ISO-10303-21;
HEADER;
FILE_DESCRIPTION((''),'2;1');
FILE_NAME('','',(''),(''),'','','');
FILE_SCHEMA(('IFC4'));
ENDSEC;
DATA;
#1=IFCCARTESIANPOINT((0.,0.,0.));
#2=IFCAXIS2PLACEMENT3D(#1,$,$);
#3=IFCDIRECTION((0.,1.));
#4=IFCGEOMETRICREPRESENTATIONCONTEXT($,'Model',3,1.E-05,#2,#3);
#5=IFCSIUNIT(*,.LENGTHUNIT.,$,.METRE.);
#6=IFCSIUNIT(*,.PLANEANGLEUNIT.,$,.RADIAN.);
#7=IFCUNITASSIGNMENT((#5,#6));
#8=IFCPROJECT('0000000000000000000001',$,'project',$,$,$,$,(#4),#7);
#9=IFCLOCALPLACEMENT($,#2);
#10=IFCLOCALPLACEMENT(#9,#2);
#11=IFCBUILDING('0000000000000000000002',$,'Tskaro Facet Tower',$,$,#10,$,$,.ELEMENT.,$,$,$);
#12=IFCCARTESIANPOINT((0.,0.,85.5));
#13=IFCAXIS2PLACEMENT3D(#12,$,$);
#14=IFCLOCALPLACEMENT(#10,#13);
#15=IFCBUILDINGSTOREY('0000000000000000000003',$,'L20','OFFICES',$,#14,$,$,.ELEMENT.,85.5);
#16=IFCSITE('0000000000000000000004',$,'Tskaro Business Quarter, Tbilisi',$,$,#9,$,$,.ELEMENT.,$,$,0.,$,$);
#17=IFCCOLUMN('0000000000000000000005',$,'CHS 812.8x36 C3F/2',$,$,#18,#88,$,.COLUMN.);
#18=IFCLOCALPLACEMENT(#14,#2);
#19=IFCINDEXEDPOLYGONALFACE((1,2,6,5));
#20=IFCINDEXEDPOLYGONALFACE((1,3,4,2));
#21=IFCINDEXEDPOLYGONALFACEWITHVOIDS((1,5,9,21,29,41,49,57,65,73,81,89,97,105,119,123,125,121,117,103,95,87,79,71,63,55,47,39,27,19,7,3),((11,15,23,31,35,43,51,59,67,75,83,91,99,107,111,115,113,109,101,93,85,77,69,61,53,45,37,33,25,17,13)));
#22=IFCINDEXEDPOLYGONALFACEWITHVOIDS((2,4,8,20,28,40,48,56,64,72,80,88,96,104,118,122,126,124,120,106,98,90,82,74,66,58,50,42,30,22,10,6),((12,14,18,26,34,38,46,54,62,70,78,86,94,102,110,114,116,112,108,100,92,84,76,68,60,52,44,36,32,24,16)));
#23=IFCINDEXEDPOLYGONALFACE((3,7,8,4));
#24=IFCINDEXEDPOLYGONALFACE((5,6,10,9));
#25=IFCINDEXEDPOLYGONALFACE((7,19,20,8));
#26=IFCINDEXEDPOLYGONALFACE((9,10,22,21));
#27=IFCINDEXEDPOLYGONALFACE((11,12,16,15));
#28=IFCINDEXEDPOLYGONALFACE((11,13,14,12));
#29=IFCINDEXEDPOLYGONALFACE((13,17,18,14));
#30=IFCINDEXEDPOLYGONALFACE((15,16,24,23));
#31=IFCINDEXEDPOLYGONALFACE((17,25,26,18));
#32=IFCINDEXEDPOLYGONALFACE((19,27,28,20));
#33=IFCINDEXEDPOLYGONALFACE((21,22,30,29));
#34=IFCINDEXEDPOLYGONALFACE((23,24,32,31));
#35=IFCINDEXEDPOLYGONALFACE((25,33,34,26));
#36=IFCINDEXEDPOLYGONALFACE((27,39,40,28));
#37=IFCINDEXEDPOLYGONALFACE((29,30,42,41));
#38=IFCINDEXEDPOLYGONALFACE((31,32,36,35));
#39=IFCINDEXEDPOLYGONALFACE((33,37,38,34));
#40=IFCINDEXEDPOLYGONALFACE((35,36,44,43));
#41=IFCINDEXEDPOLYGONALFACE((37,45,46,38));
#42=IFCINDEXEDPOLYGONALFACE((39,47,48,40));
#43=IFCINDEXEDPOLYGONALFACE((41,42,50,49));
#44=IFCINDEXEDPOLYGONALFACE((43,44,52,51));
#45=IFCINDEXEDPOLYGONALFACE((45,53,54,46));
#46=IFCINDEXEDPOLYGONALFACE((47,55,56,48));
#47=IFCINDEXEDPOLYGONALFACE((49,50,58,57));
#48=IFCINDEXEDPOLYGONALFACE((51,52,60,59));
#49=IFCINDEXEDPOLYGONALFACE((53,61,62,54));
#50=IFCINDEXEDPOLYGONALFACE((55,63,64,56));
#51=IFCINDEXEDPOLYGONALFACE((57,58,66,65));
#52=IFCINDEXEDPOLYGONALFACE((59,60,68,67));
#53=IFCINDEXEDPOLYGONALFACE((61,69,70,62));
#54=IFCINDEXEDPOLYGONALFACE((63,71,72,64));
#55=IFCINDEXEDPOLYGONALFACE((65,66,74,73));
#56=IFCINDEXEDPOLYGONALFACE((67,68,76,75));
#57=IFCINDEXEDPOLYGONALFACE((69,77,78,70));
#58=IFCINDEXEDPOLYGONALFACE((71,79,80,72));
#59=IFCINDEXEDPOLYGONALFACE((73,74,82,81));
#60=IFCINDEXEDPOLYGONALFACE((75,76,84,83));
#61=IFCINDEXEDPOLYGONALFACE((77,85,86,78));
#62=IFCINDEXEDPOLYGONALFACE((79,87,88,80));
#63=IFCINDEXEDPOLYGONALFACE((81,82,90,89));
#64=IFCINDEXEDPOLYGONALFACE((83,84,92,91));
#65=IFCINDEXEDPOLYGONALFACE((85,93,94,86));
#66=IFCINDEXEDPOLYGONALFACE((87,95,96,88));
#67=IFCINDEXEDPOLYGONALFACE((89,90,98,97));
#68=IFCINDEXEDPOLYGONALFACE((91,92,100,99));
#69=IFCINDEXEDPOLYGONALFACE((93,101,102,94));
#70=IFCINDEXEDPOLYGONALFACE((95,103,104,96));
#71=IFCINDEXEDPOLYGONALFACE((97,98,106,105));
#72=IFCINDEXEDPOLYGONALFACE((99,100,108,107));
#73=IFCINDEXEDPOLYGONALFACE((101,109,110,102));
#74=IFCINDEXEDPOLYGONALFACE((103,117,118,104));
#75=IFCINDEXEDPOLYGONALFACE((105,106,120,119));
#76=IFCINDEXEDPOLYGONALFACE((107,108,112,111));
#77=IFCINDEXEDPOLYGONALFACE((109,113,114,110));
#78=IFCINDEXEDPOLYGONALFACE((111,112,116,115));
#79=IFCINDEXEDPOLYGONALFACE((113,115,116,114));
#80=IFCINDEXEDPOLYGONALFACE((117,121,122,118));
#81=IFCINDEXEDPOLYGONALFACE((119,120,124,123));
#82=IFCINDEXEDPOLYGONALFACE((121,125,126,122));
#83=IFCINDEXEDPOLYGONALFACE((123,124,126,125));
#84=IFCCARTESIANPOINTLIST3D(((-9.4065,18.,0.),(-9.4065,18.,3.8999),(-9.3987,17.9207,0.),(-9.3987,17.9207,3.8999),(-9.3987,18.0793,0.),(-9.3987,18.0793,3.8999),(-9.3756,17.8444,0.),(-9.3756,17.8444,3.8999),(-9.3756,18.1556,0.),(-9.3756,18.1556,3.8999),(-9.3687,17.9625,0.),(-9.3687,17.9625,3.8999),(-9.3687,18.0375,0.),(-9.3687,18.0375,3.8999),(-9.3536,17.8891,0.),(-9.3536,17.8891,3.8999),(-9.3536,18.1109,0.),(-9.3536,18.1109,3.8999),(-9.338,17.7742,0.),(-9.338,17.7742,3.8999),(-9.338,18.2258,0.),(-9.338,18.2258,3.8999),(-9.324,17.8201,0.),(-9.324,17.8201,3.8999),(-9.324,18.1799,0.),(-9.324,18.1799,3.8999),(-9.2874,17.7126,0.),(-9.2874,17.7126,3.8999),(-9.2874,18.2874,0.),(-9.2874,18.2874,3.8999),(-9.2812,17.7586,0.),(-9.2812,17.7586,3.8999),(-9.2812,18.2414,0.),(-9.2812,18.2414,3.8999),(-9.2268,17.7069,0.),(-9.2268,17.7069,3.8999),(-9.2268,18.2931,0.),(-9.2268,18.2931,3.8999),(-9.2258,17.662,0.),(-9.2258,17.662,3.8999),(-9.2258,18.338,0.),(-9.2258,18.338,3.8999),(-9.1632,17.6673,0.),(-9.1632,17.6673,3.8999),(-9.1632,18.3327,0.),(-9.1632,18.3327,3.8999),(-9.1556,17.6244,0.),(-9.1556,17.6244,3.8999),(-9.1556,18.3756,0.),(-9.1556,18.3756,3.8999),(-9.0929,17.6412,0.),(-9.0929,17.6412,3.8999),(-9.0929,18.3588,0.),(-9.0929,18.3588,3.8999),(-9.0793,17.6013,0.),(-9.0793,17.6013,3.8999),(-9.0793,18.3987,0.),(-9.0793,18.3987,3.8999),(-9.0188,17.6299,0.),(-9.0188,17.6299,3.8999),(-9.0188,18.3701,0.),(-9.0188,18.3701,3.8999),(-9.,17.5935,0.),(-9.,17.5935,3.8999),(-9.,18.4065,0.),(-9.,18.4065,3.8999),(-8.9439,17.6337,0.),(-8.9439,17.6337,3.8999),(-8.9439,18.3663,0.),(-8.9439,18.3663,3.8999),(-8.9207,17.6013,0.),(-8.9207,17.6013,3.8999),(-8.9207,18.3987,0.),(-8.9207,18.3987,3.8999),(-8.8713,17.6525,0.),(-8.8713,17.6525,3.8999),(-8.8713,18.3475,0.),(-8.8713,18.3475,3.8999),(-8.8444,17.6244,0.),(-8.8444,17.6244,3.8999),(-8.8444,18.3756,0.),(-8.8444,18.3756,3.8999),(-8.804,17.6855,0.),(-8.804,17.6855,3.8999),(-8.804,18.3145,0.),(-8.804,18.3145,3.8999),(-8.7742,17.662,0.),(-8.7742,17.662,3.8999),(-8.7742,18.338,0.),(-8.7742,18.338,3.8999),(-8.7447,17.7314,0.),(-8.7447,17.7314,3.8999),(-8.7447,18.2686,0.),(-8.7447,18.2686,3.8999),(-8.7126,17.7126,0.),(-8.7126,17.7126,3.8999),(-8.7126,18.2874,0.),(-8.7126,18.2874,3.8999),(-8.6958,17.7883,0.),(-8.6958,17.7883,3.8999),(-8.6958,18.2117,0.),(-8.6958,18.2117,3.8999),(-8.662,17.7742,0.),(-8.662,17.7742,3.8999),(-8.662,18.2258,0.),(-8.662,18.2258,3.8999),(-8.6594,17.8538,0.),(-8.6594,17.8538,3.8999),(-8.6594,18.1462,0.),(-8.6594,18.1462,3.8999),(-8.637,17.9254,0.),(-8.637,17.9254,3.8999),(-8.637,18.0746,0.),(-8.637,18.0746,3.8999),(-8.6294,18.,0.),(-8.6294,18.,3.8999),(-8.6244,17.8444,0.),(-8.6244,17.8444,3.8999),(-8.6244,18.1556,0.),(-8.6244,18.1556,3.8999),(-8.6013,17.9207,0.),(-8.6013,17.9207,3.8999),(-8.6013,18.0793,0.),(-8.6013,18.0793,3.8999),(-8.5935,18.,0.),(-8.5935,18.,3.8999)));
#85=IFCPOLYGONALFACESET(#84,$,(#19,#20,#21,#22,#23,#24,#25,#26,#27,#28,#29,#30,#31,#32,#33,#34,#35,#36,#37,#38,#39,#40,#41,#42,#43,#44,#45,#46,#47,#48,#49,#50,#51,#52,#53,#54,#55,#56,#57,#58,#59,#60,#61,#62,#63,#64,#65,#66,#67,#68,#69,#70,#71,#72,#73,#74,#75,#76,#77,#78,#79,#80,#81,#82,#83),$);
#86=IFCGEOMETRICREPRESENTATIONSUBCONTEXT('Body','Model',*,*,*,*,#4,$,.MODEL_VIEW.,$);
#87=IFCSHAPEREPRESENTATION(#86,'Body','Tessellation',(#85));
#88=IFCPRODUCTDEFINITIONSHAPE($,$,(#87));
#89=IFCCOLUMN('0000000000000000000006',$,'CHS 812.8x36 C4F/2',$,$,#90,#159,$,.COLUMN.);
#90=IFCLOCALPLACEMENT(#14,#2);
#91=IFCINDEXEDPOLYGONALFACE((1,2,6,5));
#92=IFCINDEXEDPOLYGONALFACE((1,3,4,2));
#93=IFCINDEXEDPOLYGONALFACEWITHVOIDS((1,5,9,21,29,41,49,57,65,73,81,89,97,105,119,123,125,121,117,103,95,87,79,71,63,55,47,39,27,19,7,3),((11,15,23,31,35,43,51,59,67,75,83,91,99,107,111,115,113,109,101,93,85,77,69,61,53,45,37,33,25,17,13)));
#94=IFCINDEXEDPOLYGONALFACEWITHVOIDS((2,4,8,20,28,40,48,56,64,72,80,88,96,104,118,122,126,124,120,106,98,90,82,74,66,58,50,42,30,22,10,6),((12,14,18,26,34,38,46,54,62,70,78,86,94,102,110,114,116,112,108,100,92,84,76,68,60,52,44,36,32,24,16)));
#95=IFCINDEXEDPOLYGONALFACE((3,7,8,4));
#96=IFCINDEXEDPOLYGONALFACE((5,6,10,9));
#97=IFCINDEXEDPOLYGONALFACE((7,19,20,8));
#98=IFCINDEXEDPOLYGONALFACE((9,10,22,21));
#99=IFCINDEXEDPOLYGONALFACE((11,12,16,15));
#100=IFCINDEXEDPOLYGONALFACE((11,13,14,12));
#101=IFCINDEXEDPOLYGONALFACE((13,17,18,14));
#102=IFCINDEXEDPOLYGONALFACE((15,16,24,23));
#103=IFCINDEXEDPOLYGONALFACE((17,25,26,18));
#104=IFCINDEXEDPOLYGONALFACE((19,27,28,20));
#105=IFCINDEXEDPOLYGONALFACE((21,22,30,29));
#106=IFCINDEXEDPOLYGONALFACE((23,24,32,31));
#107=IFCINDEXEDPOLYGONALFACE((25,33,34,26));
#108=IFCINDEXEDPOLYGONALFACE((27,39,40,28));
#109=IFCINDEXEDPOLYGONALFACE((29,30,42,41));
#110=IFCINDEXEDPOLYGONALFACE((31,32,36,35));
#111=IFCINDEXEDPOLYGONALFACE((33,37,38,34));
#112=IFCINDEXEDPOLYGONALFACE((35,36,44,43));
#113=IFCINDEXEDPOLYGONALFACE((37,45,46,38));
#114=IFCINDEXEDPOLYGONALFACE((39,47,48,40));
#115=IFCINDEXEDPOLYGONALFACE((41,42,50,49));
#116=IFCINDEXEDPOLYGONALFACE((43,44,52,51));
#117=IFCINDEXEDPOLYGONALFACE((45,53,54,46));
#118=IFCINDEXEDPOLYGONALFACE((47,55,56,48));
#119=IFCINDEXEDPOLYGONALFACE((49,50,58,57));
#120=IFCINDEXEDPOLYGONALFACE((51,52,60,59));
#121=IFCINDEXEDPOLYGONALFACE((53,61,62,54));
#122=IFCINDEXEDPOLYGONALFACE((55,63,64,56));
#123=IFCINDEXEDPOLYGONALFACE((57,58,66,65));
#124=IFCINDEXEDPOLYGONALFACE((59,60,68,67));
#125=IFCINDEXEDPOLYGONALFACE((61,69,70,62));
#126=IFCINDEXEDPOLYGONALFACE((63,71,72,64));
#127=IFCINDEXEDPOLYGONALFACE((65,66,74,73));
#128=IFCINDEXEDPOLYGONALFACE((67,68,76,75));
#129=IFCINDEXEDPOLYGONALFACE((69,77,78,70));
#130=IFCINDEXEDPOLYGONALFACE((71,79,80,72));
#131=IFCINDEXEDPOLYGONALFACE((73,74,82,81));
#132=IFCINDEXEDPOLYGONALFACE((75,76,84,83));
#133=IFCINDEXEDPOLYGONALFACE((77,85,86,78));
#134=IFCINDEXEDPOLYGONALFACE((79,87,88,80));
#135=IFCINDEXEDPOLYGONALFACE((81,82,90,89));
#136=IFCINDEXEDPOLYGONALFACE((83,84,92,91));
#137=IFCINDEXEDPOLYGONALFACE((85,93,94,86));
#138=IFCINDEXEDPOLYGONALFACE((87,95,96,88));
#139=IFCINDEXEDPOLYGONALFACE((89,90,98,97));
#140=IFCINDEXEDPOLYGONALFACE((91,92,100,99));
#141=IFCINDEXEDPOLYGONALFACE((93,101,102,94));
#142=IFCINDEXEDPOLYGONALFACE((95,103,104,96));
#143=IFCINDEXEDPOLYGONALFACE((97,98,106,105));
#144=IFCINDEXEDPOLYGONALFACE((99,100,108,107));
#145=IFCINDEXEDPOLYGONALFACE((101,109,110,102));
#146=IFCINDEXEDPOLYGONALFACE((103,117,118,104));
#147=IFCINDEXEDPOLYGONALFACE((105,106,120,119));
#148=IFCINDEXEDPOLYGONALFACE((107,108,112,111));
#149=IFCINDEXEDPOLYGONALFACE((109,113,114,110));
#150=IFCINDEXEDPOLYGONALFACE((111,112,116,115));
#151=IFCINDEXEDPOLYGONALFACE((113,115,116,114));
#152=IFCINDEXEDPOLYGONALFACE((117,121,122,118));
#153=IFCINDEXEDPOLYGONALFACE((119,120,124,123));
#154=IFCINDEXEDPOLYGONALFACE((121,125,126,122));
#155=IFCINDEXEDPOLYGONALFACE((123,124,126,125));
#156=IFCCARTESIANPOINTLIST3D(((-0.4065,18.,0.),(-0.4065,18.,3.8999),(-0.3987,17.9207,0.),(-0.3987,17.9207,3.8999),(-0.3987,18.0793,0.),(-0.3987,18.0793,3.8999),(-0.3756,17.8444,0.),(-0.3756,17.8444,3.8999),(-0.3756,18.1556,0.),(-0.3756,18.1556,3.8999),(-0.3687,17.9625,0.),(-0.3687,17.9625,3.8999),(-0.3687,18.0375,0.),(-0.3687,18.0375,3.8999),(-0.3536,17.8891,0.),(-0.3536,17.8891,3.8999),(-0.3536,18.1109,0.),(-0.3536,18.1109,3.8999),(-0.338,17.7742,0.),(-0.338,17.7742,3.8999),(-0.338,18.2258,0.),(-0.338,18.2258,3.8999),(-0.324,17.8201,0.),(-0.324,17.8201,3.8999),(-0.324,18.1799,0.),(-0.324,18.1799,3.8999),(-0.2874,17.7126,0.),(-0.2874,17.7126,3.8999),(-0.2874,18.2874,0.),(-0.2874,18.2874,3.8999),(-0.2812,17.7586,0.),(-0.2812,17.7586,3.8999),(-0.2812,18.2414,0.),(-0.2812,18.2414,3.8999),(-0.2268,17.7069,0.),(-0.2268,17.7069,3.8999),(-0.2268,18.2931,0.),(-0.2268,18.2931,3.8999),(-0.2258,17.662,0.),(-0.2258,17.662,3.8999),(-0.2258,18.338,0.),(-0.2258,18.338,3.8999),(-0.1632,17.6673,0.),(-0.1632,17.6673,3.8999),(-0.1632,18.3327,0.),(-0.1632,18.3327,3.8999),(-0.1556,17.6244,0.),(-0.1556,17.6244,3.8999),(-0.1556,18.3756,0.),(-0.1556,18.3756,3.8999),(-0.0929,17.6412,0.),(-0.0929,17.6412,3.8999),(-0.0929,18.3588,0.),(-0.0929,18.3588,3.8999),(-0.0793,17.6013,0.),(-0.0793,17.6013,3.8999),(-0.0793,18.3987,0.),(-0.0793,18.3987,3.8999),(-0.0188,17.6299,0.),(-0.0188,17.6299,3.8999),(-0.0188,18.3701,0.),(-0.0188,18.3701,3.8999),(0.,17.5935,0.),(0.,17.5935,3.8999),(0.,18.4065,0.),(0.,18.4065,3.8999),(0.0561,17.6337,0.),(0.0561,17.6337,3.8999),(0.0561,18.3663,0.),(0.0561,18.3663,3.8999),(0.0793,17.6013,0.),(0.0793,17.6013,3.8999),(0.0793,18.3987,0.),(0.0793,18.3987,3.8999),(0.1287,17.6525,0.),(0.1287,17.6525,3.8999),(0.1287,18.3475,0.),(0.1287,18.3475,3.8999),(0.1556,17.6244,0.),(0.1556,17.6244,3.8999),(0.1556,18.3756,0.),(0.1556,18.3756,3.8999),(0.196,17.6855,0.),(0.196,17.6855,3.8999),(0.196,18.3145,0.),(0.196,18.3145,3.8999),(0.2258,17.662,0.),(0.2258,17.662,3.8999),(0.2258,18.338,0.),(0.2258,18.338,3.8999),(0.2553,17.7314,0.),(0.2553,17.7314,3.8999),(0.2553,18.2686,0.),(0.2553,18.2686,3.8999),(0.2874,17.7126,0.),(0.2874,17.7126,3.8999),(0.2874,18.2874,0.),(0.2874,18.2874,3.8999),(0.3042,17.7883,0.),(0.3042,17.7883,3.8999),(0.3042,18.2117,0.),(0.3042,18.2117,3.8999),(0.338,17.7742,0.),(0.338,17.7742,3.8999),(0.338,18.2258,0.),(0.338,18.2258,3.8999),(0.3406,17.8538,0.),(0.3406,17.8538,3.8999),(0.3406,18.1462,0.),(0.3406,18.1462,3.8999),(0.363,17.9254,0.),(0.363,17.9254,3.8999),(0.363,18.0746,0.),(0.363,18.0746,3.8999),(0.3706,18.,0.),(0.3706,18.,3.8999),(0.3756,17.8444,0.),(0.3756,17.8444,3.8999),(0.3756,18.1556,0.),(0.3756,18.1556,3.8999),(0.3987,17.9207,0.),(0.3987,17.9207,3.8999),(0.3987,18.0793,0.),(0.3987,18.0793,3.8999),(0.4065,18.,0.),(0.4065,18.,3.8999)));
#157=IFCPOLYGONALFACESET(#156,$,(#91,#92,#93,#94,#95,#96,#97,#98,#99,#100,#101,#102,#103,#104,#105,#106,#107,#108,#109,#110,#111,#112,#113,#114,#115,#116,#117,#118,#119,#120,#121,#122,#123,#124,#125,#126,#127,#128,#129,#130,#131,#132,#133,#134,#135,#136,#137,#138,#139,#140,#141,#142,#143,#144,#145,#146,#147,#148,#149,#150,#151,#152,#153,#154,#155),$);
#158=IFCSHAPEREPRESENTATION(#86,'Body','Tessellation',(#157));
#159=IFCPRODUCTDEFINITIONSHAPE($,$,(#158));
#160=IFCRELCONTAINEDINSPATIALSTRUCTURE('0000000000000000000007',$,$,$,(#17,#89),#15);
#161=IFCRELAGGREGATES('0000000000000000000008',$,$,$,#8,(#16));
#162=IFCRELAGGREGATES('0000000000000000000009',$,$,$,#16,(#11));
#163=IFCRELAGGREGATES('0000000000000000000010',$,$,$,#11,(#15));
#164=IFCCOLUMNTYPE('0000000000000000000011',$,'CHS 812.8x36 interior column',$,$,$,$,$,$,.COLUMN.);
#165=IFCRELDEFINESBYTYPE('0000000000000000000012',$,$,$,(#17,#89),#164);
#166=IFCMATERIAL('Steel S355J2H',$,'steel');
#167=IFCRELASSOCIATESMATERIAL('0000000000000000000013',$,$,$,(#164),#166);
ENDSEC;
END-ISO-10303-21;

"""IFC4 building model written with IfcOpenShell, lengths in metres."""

from ifc_helpers import new_model, si_unit, direction, frame, origin, origin_2d, place, context, subcontext, project, spatial, hollow_circle, extrude, material, material_profile, profile_set, type_object, element, save


model = new_model("IFC4")

# Units and contexts
model_context = context("Model", 3, precision=1e-05, world=origin(), true_north=direction((0.0, 1.0)))
body_context = subcontext(model_context, "Body", "Model", "MODEL_VIEW")
ifc_project = project(units=[si_unit("LENGTHUNIT", "METRE"), si_unit("PLANEANGLEUNIT", "RADIAN")], contexts=[model_context])

# Site, building, storey
site_placement = place(None, origin())
site = spatial("IfcSite", under=ifc_project, at=site_placement, Name="Tskaro Business Quarter, Tbilisi", CompositionType="ELEMENT", RefElevation=0.0)
building_placement = place(site_placement, origin())
building = spatial("IfcBuilding", under=site, at=building_placement, Name="Tskaro Facet Tower", CompositionType="ELEMENT")
storey_placement = place(building_placement, frame((0.0, 0.0, 85.5)))
storey = spatial("IfcBuildingStorey", under=building, at=storey_placement, Name="L20", Description="OFFICES", CompositionType="ELEMENT", Elevation=85.5)

# Columns
ifc_material_1 = material(Name="Steel S355J2H", Category="steel")
ifc_material_profile_1 = material_profile(ifc_material_1, hollow_circle(Radius=0.4065, WallThickness=0.0359, at=origin_2d()), Name="CHS 812.8x36")
ifc_profile_set_1 = profile_set([ifc_material_profile_1], Name="Steel S355J2H")
column_type_1 = type_object("IfcColumnType", Name="CHS 812.8x36 interior column", PredefinedType="COLUMN", material=ifc_profile_set_1)
for number, where, z_axis, x_axis, name in (
    (1, (-9.0, 18.0, 0.0), (0.0, 0.0, 1.0), (1.0, 0.0, 0.0), "CHS 812.8x36 C3F/2"),
    (2, (0.0, 18.0, 0.0), (0.0, 0.0, 1.0), (1.0, 0.0, 0.0), "CHS 812.8x36 C4F/2"),
):
    element("IfcColumn", number, at=place(storey_placement, frame(where, z_axis=z_axis, x_axis=x_axis)), inside=storey, type_object=column_type_1, Name=name, PredefinedType="COLUMN", context=body_context, shape_type="SweptSolid", body=[
        extrude(hollow_circle(Radius=0.4065, WallThickness=0.0359, at=origin_2d()), origin(), (0.0, 0.0, 1.0), 3.8999),
    ])

save(model, "model.ifc")
